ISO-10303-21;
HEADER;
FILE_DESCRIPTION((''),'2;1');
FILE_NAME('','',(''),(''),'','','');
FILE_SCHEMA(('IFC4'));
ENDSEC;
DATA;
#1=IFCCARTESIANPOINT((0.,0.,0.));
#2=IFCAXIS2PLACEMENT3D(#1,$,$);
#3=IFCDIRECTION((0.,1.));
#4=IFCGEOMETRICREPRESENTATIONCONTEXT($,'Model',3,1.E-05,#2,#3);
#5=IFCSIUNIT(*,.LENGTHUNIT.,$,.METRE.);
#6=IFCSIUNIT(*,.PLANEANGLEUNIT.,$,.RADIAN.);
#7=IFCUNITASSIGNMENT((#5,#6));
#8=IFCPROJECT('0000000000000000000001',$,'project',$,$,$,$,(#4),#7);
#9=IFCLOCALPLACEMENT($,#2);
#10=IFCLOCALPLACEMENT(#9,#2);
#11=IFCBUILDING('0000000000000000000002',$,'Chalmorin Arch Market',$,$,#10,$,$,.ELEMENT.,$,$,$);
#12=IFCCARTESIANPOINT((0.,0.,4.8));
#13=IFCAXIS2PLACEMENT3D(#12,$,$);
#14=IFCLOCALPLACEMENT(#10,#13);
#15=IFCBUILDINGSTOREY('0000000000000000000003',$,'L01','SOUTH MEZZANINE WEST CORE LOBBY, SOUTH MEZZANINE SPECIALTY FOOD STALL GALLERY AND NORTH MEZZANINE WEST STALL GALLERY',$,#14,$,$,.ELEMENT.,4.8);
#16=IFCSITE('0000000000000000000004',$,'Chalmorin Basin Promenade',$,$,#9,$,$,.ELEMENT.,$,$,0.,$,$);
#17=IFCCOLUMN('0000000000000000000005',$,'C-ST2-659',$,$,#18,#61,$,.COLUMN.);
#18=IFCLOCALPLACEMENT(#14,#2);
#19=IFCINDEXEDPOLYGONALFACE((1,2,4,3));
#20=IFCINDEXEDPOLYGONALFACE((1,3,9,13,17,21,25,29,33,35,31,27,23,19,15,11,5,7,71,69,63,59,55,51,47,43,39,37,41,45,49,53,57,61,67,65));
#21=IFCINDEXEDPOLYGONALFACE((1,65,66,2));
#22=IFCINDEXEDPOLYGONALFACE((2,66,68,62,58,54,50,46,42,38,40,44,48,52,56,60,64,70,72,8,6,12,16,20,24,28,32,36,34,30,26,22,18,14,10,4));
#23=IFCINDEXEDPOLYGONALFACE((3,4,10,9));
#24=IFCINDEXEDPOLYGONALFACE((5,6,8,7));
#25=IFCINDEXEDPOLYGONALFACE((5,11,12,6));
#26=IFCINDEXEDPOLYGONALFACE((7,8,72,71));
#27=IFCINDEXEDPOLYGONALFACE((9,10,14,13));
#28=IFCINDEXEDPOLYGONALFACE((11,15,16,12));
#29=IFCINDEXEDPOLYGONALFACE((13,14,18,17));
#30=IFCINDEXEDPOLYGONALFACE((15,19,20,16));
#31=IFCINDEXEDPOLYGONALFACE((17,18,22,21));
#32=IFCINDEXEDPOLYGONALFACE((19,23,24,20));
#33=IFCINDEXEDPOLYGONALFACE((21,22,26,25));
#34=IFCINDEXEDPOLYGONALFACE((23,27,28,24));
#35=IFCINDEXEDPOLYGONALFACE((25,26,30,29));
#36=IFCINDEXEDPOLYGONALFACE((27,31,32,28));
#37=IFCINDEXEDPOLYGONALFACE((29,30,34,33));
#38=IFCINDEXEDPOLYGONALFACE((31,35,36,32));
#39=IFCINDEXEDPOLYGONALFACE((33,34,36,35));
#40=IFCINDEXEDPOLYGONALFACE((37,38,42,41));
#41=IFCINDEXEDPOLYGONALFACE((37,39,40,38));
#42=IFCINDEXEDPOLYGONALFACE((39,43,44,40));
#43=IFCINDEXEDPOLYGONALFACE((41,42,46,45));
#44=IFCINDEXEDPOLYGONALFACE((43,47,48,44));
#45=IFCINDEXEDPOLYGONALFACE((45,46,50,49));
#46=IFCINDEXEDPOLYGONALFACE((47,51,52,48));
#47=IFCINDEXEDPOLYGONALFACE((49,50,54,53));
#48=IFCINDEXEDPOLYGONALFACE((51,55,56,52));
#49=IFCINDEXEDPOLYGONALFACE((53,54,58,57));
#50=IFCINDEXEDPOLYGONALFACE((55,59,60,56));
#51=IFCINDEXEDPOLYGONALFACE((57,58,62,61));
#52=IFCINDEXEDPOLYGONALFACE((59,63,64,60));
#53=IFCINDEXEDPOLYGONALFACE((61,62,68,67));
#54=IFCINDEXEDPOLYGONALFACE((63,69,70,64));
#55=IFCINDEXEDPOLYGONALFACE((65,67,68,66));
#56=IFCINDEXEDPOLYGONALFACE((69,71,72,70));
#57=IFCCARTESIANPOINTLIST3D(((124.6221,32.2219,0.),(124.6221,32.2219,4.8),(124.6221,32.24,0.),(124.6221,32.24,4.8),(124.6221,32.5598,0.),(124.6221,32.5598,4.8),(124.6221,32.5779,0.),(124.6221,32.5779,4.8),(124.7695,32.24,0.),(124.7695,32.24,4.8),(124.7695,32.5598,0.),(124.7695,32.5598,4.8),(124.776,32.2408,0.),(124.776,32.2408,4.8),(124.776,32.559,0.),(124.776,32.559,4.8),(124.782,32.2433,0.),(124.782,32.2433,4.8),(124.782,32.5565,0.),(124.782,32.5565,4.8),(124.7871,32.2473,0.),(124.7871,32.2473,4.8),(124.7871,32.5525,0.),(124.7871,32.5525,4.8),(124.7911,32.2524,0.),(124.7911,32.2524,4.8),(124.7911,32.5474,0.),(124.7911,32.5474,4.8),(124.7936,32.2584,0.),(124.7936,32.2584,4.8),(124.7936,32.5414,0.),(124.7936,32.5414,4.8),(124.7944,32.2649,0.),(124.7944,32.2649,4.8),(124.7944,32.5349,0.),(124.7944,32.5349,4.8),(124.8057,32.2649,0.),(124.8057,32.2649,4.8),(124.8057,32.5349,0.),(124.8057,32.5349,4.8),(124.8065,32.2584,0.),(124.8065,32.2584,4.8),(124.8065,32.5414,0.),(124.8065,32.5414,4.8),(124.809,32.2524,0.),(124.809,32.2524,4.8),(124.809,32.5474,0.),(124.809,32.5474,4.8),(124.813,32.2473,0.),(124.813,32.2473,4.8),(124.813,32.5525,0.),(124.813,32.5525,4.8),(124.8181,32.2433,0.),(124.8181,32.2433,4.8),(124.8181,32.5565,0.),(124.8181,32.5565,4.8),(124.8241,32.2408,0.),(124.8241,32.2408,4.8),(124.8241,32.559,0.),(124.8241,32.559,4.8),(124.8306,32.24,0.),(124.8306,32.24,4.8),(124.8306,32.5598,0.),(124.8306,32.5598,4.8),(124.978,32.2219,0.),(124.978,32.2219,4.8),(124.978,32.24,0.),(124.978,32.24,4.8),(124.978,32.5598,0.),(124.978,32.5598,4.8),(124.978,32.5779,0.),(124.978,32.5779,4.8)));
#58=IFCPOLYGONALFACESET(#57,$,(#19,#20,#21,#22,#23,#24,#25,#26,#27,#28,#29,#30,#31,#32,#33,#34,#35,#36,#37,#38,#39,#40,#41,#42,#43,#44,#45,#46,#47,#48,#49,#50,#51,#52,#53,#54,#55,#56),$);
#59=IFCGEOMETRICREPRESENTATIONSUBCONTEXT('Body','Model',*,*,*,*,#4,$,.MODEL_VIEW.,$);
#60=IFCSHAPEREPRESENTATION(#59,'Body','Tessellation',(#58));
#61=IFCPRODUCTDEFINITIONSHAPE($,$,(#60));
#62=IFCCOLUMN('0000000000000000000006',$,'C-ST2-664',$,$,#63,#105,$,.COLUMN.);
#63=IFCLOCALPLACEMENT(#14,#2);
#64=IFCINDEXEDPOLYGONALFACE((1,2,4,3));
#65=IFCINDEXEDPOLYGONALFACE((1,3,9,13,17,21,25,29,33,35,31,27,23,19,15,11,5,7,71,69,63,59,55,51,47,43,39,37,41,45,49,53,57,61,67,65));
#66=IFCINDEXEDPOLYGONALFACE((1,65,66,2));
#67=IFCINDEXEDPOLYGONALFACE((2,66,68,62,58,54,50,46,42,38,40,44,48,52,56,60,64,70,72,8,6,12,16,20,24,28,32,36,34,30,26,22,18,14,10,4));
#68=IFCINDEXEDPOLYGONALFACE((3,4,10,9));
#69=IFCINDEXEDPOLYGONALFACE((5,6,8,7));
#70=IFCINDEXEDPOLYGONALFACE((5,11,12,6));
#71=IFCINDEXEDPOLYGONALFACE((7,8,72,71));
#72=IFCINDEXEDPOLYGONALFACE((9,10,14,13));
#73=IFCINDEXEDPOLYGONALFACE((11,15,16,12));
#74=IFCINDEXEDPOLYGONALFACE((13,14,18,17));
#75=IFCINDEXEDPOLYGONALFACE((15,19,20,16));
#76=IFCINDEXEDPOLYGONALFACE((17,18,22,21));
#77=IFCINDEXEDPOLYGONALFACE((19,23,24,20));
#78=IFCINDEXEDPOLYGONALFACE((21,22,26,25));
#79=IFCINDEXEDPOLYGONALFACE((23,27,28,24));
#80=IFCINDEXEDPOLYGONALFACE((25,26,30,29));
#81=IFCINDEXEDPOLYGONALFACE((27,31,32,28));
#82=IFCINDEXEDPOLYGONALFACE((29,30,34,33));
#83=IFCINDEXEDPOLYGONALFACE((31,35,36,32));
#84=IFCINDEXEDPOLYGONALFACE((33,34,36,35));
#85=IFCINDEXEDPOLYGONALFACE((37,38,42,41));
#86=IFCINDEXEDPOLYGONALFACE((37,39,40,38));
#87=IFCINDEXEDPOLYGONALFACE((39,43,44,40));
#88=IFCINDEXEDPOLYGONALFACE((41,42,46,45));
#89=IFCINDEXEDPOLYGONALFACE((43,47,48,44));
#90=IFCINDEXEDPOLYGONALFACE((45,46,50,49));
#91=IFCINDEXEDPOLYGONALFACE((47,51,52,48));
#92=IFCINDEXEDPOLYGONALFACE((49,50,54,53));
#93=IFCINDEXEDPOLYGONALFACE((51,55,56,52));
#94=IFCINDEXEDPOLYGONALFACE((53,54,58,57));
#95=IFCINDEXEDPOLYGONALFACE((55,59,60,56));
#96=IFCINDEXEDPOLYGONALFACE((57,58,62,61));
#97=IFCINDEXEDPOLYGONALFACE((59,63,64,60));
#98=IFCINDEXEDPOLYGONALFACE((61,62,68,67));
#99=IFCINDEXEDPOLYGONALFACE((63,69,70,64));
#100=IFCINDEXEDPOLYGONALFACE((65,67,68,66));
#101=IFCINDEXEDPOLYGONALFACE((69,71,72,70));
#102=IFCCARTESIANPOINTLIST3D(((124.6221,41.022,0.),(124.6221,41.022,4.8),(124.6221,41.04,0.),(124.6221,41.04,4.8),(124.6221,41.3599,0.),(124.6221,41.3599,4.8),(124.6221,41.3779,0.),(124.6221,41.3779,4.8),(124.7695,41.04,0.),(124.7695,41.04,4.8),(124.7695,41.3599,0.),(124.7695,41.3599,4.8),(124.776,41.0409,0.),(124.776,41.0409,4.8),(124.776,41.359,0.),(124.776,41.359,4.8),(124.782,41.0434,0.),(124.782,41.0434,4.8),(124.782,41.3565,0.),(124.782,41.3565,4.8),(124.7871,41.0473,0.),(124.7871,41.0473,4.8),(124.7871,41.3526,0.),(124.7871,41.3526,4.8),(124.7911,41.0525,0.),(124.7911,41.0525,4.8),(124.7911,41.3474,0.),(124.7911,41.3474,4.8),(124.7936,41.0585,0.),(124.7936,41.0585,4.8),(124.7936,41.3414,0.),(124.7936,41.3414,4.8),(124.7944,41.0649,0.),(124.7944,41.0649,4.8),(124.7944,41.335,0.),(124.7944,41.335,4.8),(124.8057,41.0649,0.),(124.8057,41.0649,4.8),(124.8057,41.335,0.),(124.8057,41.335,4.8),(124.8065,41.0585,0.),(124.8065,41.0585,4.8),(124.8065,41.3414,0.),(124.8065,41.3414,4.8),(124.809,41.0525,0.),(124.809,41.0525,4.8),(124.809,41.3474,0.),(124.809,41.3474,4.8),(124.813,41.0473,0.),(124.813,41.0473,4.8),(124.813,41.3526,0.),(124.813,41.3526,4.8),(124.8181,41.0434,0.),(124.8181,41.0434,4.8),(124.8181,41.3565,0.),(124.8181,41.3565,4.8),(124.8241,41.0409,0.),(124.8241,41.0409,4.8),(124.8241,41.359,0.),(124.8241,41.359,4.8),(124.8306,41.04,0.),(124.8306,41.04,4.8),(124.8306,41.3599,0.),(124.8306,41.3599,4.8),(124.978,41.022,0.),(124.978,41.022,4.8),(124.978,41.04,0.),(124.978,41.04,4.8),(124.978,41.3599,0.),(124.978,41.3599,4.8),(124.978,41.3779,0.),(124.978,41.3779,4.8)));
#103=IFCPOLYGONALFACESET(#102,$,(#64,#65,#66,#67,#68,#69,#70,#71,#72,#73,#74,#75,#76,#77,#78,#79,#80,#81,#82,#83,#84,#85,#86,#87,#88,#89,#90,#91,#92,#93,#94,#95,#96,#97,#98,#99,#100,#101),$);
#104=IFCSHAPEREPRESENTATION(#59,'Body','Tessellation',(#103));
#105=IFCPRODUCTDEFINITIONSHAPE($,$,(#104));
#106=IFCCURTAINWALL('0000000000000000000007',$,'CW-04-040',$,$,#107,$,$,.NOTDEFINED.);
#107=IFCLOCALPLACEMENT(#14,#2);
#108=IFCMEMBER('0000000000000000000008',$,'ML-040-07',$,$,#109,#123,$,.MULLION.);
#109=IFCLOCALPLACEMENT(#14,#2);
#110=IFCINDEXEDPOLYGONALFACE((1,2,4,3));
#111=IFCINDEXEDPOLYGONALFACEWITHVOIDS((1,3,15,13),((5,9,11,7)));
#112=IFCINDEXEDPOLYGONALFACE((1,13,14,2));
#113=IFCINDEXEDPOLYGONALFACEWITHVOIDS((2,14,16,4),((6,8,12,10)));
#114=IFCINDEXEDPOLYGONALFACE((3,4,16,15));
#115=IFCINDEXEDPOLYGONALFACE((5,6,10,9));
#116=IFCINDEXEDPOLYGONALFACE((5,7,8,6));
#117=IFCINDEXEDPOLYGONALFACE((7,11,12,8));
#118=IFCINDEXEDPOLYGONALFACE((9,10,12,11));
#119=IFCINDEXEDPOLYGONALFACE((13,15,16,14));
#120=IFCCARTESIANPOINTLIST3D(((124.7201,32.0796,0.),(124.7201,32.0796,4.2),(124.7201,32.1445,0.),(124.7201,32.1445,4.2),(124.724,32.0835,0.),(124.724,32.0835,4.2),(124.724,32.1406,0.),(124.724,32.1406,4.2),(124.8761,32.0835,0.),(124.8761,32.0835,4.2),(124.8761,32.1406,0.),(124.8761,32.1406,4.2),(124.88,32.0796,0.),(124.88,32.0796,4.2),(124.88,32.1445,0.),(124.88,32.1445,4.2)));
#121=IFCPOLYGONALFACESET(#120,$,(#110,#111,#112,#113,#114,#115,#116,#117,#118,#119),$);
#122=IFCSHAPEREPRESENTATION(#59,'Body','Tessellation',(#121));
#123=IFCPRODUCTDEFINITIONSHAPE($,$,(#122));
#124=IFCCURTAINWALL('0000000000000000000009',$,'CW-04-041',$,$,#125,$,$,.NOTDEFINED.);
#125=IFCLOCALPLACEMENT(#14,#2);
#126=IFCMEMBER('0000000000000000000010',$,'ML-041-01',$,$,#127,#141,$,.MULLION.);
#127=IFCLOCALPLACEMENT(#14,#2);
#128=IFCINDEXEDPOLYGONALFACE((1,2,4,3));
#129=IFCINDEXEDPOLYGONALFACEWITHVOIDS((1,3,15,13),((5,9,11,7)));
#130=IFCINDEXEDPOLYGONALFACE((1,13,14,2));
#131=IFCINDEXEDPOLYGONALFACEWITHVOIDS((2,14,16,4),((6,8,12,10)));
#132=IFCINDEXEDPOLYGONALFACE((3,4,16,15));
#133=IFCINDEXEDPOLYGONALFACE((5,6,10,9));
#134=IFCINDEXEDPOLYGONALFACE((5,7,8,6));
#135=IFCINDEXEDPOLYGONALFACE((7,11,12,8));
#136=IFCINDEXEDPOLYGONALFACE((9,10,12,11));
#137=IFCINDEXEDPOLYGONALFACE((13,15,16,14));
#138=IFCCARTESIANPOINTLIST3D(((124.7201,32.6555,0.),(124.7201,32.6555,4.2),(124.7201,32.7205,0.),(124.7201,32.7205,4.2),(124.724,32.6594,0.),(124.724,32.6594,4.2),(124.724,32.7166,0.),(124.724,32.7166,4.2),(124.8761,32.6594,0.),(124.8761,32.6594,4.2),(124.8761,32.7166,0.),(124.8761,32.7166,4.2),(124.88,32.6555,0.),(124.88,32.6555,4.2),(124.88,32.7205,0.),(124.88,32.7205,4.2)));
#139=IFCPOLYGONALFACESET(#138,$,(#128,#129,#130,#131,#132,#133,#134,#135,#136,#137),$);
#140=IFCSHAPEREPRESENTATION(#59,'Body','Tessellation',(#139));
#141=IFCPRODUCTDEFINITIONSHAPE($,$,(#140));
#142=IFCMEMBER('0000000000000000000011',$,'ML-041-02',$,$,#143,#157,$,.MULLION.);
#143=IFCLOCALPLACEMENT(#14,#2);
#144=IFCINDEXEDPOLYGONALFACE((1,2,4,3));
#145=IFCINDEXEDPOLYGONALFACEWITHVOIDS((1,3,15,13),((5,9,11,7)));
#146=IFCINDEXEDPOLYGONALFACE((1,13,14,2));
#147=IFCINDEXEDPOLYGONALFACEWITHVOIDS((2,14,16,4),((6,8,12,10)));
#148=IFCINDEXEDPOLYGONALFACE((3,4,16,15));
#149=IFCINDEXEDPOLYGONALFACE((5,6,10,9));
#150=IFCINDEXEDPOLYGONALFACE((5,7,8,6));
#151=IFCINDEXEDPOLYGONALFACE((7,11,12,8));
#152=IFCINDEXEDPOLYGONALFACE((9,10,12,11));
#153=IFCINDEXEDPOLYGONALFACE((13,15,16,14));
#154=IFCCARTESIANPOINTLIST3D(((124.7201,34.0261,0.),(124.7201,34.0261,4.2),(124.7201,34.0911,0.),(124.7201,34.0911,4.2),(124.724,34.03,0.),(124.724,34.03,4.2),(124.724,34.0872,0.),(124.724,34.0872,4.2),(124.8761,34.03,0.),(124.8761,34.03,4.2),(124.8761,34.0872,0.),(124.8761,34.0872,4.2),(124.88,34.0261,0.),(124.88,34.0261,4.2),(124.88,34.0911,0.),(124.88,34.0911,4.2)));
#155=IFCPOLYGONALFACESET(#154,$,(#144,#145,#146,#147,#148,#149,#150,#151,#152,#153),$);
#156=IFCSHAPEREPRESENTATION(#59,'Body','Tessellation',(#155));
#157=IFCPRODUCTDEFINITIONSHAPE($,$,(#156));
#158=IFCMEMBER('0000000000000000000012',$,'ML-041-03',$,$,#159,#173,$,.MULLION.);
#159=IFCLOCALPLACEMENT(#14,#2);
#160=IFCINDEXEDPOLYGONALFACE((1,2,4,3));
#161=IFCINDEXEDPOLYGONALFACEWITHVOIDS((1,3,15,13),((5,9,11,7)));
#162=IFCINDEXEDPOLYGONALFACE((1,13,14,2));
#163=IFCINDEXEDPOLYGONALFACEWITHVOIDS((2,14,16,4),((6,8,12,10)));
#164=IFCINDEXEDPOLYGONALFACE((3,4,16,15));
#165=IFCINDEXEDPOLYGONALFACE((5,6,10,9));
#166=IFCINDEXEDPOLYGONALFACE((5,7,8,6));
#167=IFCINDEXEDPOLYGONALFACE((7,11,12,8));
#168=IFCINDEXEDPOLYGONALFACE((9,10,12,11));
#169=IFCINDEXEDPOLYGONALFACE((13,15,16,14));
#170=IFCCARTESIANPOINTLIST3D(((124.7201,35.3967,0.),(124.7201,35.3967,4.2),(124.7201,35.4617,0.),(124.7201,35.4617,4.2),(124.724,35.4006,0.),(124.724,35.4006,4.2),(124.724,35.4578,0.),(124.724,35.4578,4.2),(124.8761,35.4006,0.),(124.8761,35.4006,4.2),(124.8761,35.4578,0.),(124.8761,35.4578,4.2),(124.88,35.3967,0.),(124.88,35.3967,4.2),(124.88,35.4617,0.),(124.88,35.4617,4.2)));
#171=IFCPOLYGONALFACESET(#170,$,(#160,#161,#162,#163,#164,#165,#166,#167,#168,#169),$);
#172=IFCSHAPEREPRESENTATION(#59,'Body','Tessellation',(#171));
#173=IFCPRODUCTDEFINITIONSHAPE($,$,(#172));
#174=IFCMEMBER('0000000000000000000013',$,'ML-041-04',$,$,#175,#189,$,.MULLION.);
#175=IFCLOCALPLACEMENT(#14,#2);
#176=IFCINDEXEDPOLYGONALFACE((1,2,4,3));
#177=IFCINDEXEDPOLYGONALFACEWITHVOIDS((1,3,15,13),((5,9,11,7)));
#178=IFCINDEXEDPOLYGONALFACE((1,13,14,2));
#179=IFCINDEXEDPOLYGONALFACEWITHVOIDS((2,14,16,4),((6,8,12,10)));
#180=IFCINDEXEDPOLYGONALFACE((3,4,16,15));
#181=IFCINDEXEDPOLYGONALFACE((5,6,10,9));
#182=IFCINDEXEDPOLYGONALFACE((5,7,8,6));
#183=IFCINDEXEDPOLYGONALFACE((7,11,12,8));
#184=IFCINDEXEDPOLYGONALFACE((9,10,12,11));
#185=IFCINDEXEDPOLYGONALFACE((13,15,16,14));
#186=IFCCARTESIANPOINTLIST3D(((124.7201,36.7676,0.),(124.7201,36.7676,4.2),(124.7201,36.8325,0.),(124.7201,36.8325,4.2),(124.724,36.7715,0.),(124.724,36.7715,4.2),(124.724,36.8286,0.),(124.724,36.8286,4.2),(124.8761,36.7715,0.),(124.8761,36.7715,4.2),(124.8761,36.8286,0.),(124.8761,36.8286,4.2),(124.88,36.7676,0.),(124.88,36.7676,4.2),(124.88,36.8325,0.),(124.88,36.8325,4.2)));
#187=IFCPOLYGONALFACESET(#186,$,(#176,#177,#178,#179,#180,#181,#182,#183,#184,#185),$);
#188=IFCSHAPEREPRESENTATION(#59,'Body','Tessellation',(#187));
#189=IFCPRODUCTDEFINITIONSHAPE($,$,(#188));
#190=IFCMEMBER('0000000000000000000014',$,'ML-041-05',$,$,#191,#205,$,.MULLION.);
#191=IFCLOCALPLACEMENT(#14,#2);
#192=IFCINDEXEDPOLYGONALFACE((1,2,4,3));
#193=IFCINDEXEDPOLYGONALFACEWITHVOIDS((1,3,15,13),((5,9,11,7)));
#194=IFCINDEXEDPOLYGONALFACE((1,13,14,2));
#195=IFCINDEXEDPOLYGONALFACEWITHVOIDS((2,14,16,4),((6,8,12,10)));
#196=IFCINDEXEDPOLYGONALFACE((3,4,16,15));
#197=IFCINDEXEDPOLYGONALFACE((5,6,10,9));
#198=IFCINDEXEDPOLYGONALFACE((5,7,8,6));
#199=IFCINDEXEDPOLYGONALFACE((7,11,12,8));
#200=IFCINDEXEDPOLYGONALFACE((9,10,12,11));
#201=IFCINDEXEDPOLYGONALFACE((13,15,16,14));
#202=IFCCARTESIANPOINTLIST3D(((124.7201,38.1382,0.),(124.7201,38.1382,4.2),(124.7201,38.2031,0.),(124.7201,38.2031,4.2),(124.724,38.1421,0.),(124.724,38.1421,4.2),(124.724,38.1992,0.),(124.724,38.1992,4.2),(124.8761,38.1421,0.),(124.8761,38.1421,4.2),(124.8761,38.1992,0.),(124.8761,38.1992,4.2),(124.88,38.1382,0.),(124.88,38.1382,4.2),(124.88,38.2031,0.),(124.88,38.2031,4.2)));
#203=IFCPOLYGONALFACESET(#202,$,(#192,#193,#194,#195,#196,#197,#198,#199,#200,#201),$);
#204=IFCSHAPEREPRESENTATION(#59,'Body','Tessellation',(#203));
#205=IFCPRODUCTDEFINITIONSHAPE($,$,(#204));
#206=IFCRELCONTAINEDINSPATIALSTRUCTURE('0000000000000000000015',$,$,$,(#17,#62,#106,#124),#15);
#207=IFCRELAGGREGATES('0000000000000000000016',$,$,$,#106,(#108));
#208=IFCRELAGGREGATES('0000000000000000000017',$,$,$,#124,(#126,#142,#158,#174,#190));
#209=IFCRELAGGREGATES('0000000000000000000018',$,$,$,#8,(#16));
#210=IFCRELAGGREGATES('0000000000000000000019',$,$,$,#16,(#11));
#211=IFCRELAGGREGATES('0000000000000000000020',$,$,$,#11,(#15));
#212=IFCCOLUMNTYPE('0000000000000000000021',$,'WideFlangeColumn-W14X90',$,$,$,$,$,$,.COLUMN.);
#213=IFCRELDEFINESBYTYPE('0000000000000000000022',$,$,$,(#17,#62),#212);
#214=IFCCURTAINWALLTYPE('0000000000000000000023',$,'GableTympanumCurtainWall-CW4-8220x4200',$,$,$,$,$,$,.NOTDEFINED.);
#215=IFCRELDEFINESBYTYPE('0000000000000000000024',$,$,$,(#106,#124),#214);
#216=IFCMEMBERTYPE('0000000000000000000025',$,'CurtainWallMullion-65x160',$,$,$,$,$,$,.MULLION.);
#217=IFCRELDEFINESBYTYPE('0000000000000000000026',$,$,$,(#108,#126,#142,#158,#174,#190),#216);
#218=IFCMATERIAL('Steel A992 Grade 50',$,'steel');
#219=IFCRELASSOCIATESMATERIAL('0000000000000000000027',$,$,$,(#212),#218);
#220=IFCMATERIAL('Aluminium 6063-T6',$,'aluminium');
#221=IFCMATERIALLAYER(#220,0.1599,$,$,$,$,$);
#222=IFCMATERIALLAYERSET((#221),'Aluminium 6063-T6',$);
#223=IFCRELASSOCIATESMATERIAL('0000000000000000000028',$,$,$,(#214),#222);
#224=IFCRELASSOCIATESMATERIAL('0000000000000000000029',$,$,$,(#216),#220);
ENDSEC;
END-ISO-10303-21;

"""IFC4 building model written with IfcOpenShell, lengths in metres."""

from ifc_helpers import new_model, si_unit, direction, frame, origin, origin_2d, place, context, subcontext, project, spatial, hollow_rectangle, i_section, extrude, material, layer, layer_set, material_profile, profile_set, type_object, element, aggregate, save


model = new_model("IFC4")

# Units and contexts
model_context = context("Model", 3, precision=1e-05, world=origin(), true_north=direction((0.0, 1.0)))
body_context = subcontext(model_context, "Body", "Model", "MODEL_VIEW")
ifc_project = project(units=[si_unit("LENGTHUNIT", "METRE"), si_unit("PLANEANGLEUNIT", "RADIAN")], contexts=[model_context])

# Site, building, storey
site_placement = place(None, origin())
site = spatial("IfcSite", under=ifc_project, at=site_placement, Name="Chalmorin Basin Promenade", CompositionType="ELEMENT", RefElevation=0.0)
building_placement = place(site_placement, origin())
building = spatial("IfcBuilding", under=site, at=building_placement, Name="Chalmorin Arch Market", CompositionType="ELEMENT")
storey_placement = place(building_placement, frame((0.0, 0.0, 4.8)))
storey = spatial("IfcBuildingStorey", under=building, at=storey_placement, Name="L01", Description="SOUTH MEZZANINE WEST CORE LOBBY, SOUTH MEZZANINE SPECIALTY FOOD STALL GALLERY AND NORTH MEZZANINE WEST STALL GALLERY", CompositionType="ELEMENT", Elevation=4.8)

# Columns
ifc_material_1 = material(Name="Steel A992 Grade 50", Category="steel")
ifc_material_profile_1 = material_profile(ifc_material_1, i_section(OverallWidth=0.356, OverallDepth=0.356, WebThickness=0.0112, FlangeThickness=0.0181, FilletRadius=0.0249, at=origin_2d()), Name="W14X90")
ifc_profile_set_1 = profile_set([ifc_material_profile_1], Name="Steel A992 Grade 50")
column_type = type_object("IfcColumnType", Name="WideFlangeColumn-W14X90", PredefinedType="COLUMN", material=ifc_profile_set_1)
for number, where, z_axis, x_axis, name in (
    (1, (124.8, 32.3999, 0.0), (0.0, 0.0, 1.0), (1.0, 0.0, 0.0), "C-ST2-659"),
    (2, (124.8, 41.2, 0.0), (0.0, 0.0, 1.0), (1.0, 0.0, 0.0), "C-ST2-664"),
):
    element("IfcColumn", number, at=place(storey_placement, frame(where, z_axis=z_axis, x_axis=x_axis)), inside=storey, type_object=column_type, Name=name, PredefinedType="COLUMN", context=body_context, shape_type="SweptSolid", body=[
        extrude(i_section(OverallWidth=0.356, OverallDepth=0.356, WebThickness=0.0112, FlangeThickness=0.0181, FilletRadius=0.0249, at=origin_2d()), origin(), (0.0, 0.0, 1.0), 4.8),
    ])

# Curtain wall, member
ifc_material_2 = material(Name="Aluminium 6063-T6", Category="aluminium")
ifc_layer_1 = layer(ifc_material_2, 0.1599)
ifc_layer_set_1 = layer_set([ifc_layer_1], Name="Aluminium 6063-T6")
curtain_wall_type = type_object("IfcCurtainWallType", Name="GableTympanumCurtainWall-CW4-8220x4200", PredefinedType="NOTDEFINED", material=ifc_layer_set_1)
curtain_wall_1_placement = place(storey_placement, origin())
curtain_wall_1 = element("IfcCurtainWall", 3, at=curtain_wall_1_placement, inside=storey, type_object=curtain_wall_type, Name="CW-04-040", PredefinedType="NOTDEFINED")
ifc_material_profile_2 = material_profile(ifc_material_2, hollow_rectangle(XDim=0.0649, YDim=0.1599, WallThickness=0.0039, at=origin_2d()), Name="ALU65X160X4")
ifc_profile_set_2 = profile_set([ifc_material_profile_2], Name="Aluminium 6063-T6")
member_type_1 = type_object("IfcMemberType", Name="CurtainWallMullion-65x160", PredefinedType="MULLION", material=ifc_profile_set_2)
member_1_placement = place(storey_placement, frame((124.8, 32.1121, 0.0), z_axis=(0.0, 0.0, 1.0), x_axis=(0.0, 1.0, 0.0)))
member_1 = element("IfcMember", 4, at=member_1_placement, type_object=member_type_1, Name="ML-040-07", PredefinedType="MULLION", context=body_context, shape_type="SweptSolid", body=[
    extrude(hollow_rectangle(XDim=0.0649, YDim=0.1599, WallThickness=0.0039, at=origin_2d()), origin(), (0.0, 0.0, 1.0), 4.2),
])

# Curtain wall, members
curtain_wall_2_placement = place(storey_placement, origin())
curtain_wall_2 = element("IfcCurtainWall", 5, at=curtain_wall_2_placement, inside=storey, type_object=curtain_wall_type, Name="CW-04-041", PredefinedType="NOTDEFINED")
member_2_placement = place(storey_placement, frame((124.8, 32.688, 0.0), z_axis=(0.0, 0.0, 1.0), x_axis=(0.0, 1.0, 0.0)))
member_2 = element("IfcMember", 6, at=member_2_placement, type_object=member_type_1, Name="ML-041-01", PredefinedType="MULLION", context=body_context, shape_type="SweptSolid", body=[
    extrude(hollow_rectangle(XDim=0.0649, YDim=0.1599, WallThickness=0.0039, at=origin_2d()), origin(), (0.0, 0.0, 1.0), 4.2),
])
member_3_placement = place(storey_placement, frame((124.8, 34.0586, 0.0), z_axis=(0.0, 0.0, 1.0), x_axis=(0.0, 1.0, 0.0)))
member_3 = element("IfcMember", 7, at=member_3_placement, type_object=member_type_1, Name="ML-041-02", PredefinedType="MULLION", context=body_context, shape_type="SweptSolid", body=[
    extrude(hollow_rectangle(XDim=0.0649, YDim=0.1599, WallThickness=0.0039, at=origin_2d()), origin(), (0.0, 0.0, 1.0), 4.2),
])
member_4_placement = place(storey_placement, frame((124.8, 35.4292, 0.0), z_axis=(0.0, 0.0, 1.0), x_axis=(0.0, 1.0, 0.0)))
member_4 = element("IfcMember", 8, at=member_4_placement, type_object=member_type_1, Name="ML-041-03", PredefinedType="MULLION", context=body_context, shape_type="SweptSolid", body=[
    extrude(hollow_rectangle(XDim=0.0649, YDim=0.1599, WallThickness=0.0039, at=origin_2d()), origin(), (0.0, 0.0, 1.0), 4.2),
])
member_5_placement = place(storey_placement, frame((124.8, 36.8, 0.0), z_axis=(0.0, 0.0, 1.0), x_axis=(0.0, 1.0, 0.0)))
member_5 = element("IfcMember", 9, at=member_5_placement, type_object=member_type_1, Name="ML-041-04", PredefinedType="MULLION", context=body_context, shape_type="SweptSolid", body=[
    extrude(hollow_rectangle(XDim=0.0649, YDim=0.1599, WallThickness=0.0039, at=origin_2d()), origin(), (0.0, 0.0, 1.0), 4.2),
])
member_6_placement = place(storey_placement, frame((124.8, 38.1707, 0.0), z_axis=(0.0, 0.0, 1.0), x_axis=(0.0, 1.0, 0.0)))
member_6 = element("IfcMember", 10, at=member_6_placement, type_object=member_type_1, Name="ML-041-05", PredefinedType="MULLION", context=body_context, shape_type="SweptSolid", body=[
    extrude(hollow_rectangle(XDim=0.0649, YDim=0.1599, WallThickness=0.0039, at=origin_2d()), origin(), (0.0, 0.0, 1.0), 4.2),
])

aggregate(curtain_wall_1, [member_1])
aggregate(curtain_wall_2, [member_2, member_3, member_4, member_5, member_6])

save(model, "model.ifc")
